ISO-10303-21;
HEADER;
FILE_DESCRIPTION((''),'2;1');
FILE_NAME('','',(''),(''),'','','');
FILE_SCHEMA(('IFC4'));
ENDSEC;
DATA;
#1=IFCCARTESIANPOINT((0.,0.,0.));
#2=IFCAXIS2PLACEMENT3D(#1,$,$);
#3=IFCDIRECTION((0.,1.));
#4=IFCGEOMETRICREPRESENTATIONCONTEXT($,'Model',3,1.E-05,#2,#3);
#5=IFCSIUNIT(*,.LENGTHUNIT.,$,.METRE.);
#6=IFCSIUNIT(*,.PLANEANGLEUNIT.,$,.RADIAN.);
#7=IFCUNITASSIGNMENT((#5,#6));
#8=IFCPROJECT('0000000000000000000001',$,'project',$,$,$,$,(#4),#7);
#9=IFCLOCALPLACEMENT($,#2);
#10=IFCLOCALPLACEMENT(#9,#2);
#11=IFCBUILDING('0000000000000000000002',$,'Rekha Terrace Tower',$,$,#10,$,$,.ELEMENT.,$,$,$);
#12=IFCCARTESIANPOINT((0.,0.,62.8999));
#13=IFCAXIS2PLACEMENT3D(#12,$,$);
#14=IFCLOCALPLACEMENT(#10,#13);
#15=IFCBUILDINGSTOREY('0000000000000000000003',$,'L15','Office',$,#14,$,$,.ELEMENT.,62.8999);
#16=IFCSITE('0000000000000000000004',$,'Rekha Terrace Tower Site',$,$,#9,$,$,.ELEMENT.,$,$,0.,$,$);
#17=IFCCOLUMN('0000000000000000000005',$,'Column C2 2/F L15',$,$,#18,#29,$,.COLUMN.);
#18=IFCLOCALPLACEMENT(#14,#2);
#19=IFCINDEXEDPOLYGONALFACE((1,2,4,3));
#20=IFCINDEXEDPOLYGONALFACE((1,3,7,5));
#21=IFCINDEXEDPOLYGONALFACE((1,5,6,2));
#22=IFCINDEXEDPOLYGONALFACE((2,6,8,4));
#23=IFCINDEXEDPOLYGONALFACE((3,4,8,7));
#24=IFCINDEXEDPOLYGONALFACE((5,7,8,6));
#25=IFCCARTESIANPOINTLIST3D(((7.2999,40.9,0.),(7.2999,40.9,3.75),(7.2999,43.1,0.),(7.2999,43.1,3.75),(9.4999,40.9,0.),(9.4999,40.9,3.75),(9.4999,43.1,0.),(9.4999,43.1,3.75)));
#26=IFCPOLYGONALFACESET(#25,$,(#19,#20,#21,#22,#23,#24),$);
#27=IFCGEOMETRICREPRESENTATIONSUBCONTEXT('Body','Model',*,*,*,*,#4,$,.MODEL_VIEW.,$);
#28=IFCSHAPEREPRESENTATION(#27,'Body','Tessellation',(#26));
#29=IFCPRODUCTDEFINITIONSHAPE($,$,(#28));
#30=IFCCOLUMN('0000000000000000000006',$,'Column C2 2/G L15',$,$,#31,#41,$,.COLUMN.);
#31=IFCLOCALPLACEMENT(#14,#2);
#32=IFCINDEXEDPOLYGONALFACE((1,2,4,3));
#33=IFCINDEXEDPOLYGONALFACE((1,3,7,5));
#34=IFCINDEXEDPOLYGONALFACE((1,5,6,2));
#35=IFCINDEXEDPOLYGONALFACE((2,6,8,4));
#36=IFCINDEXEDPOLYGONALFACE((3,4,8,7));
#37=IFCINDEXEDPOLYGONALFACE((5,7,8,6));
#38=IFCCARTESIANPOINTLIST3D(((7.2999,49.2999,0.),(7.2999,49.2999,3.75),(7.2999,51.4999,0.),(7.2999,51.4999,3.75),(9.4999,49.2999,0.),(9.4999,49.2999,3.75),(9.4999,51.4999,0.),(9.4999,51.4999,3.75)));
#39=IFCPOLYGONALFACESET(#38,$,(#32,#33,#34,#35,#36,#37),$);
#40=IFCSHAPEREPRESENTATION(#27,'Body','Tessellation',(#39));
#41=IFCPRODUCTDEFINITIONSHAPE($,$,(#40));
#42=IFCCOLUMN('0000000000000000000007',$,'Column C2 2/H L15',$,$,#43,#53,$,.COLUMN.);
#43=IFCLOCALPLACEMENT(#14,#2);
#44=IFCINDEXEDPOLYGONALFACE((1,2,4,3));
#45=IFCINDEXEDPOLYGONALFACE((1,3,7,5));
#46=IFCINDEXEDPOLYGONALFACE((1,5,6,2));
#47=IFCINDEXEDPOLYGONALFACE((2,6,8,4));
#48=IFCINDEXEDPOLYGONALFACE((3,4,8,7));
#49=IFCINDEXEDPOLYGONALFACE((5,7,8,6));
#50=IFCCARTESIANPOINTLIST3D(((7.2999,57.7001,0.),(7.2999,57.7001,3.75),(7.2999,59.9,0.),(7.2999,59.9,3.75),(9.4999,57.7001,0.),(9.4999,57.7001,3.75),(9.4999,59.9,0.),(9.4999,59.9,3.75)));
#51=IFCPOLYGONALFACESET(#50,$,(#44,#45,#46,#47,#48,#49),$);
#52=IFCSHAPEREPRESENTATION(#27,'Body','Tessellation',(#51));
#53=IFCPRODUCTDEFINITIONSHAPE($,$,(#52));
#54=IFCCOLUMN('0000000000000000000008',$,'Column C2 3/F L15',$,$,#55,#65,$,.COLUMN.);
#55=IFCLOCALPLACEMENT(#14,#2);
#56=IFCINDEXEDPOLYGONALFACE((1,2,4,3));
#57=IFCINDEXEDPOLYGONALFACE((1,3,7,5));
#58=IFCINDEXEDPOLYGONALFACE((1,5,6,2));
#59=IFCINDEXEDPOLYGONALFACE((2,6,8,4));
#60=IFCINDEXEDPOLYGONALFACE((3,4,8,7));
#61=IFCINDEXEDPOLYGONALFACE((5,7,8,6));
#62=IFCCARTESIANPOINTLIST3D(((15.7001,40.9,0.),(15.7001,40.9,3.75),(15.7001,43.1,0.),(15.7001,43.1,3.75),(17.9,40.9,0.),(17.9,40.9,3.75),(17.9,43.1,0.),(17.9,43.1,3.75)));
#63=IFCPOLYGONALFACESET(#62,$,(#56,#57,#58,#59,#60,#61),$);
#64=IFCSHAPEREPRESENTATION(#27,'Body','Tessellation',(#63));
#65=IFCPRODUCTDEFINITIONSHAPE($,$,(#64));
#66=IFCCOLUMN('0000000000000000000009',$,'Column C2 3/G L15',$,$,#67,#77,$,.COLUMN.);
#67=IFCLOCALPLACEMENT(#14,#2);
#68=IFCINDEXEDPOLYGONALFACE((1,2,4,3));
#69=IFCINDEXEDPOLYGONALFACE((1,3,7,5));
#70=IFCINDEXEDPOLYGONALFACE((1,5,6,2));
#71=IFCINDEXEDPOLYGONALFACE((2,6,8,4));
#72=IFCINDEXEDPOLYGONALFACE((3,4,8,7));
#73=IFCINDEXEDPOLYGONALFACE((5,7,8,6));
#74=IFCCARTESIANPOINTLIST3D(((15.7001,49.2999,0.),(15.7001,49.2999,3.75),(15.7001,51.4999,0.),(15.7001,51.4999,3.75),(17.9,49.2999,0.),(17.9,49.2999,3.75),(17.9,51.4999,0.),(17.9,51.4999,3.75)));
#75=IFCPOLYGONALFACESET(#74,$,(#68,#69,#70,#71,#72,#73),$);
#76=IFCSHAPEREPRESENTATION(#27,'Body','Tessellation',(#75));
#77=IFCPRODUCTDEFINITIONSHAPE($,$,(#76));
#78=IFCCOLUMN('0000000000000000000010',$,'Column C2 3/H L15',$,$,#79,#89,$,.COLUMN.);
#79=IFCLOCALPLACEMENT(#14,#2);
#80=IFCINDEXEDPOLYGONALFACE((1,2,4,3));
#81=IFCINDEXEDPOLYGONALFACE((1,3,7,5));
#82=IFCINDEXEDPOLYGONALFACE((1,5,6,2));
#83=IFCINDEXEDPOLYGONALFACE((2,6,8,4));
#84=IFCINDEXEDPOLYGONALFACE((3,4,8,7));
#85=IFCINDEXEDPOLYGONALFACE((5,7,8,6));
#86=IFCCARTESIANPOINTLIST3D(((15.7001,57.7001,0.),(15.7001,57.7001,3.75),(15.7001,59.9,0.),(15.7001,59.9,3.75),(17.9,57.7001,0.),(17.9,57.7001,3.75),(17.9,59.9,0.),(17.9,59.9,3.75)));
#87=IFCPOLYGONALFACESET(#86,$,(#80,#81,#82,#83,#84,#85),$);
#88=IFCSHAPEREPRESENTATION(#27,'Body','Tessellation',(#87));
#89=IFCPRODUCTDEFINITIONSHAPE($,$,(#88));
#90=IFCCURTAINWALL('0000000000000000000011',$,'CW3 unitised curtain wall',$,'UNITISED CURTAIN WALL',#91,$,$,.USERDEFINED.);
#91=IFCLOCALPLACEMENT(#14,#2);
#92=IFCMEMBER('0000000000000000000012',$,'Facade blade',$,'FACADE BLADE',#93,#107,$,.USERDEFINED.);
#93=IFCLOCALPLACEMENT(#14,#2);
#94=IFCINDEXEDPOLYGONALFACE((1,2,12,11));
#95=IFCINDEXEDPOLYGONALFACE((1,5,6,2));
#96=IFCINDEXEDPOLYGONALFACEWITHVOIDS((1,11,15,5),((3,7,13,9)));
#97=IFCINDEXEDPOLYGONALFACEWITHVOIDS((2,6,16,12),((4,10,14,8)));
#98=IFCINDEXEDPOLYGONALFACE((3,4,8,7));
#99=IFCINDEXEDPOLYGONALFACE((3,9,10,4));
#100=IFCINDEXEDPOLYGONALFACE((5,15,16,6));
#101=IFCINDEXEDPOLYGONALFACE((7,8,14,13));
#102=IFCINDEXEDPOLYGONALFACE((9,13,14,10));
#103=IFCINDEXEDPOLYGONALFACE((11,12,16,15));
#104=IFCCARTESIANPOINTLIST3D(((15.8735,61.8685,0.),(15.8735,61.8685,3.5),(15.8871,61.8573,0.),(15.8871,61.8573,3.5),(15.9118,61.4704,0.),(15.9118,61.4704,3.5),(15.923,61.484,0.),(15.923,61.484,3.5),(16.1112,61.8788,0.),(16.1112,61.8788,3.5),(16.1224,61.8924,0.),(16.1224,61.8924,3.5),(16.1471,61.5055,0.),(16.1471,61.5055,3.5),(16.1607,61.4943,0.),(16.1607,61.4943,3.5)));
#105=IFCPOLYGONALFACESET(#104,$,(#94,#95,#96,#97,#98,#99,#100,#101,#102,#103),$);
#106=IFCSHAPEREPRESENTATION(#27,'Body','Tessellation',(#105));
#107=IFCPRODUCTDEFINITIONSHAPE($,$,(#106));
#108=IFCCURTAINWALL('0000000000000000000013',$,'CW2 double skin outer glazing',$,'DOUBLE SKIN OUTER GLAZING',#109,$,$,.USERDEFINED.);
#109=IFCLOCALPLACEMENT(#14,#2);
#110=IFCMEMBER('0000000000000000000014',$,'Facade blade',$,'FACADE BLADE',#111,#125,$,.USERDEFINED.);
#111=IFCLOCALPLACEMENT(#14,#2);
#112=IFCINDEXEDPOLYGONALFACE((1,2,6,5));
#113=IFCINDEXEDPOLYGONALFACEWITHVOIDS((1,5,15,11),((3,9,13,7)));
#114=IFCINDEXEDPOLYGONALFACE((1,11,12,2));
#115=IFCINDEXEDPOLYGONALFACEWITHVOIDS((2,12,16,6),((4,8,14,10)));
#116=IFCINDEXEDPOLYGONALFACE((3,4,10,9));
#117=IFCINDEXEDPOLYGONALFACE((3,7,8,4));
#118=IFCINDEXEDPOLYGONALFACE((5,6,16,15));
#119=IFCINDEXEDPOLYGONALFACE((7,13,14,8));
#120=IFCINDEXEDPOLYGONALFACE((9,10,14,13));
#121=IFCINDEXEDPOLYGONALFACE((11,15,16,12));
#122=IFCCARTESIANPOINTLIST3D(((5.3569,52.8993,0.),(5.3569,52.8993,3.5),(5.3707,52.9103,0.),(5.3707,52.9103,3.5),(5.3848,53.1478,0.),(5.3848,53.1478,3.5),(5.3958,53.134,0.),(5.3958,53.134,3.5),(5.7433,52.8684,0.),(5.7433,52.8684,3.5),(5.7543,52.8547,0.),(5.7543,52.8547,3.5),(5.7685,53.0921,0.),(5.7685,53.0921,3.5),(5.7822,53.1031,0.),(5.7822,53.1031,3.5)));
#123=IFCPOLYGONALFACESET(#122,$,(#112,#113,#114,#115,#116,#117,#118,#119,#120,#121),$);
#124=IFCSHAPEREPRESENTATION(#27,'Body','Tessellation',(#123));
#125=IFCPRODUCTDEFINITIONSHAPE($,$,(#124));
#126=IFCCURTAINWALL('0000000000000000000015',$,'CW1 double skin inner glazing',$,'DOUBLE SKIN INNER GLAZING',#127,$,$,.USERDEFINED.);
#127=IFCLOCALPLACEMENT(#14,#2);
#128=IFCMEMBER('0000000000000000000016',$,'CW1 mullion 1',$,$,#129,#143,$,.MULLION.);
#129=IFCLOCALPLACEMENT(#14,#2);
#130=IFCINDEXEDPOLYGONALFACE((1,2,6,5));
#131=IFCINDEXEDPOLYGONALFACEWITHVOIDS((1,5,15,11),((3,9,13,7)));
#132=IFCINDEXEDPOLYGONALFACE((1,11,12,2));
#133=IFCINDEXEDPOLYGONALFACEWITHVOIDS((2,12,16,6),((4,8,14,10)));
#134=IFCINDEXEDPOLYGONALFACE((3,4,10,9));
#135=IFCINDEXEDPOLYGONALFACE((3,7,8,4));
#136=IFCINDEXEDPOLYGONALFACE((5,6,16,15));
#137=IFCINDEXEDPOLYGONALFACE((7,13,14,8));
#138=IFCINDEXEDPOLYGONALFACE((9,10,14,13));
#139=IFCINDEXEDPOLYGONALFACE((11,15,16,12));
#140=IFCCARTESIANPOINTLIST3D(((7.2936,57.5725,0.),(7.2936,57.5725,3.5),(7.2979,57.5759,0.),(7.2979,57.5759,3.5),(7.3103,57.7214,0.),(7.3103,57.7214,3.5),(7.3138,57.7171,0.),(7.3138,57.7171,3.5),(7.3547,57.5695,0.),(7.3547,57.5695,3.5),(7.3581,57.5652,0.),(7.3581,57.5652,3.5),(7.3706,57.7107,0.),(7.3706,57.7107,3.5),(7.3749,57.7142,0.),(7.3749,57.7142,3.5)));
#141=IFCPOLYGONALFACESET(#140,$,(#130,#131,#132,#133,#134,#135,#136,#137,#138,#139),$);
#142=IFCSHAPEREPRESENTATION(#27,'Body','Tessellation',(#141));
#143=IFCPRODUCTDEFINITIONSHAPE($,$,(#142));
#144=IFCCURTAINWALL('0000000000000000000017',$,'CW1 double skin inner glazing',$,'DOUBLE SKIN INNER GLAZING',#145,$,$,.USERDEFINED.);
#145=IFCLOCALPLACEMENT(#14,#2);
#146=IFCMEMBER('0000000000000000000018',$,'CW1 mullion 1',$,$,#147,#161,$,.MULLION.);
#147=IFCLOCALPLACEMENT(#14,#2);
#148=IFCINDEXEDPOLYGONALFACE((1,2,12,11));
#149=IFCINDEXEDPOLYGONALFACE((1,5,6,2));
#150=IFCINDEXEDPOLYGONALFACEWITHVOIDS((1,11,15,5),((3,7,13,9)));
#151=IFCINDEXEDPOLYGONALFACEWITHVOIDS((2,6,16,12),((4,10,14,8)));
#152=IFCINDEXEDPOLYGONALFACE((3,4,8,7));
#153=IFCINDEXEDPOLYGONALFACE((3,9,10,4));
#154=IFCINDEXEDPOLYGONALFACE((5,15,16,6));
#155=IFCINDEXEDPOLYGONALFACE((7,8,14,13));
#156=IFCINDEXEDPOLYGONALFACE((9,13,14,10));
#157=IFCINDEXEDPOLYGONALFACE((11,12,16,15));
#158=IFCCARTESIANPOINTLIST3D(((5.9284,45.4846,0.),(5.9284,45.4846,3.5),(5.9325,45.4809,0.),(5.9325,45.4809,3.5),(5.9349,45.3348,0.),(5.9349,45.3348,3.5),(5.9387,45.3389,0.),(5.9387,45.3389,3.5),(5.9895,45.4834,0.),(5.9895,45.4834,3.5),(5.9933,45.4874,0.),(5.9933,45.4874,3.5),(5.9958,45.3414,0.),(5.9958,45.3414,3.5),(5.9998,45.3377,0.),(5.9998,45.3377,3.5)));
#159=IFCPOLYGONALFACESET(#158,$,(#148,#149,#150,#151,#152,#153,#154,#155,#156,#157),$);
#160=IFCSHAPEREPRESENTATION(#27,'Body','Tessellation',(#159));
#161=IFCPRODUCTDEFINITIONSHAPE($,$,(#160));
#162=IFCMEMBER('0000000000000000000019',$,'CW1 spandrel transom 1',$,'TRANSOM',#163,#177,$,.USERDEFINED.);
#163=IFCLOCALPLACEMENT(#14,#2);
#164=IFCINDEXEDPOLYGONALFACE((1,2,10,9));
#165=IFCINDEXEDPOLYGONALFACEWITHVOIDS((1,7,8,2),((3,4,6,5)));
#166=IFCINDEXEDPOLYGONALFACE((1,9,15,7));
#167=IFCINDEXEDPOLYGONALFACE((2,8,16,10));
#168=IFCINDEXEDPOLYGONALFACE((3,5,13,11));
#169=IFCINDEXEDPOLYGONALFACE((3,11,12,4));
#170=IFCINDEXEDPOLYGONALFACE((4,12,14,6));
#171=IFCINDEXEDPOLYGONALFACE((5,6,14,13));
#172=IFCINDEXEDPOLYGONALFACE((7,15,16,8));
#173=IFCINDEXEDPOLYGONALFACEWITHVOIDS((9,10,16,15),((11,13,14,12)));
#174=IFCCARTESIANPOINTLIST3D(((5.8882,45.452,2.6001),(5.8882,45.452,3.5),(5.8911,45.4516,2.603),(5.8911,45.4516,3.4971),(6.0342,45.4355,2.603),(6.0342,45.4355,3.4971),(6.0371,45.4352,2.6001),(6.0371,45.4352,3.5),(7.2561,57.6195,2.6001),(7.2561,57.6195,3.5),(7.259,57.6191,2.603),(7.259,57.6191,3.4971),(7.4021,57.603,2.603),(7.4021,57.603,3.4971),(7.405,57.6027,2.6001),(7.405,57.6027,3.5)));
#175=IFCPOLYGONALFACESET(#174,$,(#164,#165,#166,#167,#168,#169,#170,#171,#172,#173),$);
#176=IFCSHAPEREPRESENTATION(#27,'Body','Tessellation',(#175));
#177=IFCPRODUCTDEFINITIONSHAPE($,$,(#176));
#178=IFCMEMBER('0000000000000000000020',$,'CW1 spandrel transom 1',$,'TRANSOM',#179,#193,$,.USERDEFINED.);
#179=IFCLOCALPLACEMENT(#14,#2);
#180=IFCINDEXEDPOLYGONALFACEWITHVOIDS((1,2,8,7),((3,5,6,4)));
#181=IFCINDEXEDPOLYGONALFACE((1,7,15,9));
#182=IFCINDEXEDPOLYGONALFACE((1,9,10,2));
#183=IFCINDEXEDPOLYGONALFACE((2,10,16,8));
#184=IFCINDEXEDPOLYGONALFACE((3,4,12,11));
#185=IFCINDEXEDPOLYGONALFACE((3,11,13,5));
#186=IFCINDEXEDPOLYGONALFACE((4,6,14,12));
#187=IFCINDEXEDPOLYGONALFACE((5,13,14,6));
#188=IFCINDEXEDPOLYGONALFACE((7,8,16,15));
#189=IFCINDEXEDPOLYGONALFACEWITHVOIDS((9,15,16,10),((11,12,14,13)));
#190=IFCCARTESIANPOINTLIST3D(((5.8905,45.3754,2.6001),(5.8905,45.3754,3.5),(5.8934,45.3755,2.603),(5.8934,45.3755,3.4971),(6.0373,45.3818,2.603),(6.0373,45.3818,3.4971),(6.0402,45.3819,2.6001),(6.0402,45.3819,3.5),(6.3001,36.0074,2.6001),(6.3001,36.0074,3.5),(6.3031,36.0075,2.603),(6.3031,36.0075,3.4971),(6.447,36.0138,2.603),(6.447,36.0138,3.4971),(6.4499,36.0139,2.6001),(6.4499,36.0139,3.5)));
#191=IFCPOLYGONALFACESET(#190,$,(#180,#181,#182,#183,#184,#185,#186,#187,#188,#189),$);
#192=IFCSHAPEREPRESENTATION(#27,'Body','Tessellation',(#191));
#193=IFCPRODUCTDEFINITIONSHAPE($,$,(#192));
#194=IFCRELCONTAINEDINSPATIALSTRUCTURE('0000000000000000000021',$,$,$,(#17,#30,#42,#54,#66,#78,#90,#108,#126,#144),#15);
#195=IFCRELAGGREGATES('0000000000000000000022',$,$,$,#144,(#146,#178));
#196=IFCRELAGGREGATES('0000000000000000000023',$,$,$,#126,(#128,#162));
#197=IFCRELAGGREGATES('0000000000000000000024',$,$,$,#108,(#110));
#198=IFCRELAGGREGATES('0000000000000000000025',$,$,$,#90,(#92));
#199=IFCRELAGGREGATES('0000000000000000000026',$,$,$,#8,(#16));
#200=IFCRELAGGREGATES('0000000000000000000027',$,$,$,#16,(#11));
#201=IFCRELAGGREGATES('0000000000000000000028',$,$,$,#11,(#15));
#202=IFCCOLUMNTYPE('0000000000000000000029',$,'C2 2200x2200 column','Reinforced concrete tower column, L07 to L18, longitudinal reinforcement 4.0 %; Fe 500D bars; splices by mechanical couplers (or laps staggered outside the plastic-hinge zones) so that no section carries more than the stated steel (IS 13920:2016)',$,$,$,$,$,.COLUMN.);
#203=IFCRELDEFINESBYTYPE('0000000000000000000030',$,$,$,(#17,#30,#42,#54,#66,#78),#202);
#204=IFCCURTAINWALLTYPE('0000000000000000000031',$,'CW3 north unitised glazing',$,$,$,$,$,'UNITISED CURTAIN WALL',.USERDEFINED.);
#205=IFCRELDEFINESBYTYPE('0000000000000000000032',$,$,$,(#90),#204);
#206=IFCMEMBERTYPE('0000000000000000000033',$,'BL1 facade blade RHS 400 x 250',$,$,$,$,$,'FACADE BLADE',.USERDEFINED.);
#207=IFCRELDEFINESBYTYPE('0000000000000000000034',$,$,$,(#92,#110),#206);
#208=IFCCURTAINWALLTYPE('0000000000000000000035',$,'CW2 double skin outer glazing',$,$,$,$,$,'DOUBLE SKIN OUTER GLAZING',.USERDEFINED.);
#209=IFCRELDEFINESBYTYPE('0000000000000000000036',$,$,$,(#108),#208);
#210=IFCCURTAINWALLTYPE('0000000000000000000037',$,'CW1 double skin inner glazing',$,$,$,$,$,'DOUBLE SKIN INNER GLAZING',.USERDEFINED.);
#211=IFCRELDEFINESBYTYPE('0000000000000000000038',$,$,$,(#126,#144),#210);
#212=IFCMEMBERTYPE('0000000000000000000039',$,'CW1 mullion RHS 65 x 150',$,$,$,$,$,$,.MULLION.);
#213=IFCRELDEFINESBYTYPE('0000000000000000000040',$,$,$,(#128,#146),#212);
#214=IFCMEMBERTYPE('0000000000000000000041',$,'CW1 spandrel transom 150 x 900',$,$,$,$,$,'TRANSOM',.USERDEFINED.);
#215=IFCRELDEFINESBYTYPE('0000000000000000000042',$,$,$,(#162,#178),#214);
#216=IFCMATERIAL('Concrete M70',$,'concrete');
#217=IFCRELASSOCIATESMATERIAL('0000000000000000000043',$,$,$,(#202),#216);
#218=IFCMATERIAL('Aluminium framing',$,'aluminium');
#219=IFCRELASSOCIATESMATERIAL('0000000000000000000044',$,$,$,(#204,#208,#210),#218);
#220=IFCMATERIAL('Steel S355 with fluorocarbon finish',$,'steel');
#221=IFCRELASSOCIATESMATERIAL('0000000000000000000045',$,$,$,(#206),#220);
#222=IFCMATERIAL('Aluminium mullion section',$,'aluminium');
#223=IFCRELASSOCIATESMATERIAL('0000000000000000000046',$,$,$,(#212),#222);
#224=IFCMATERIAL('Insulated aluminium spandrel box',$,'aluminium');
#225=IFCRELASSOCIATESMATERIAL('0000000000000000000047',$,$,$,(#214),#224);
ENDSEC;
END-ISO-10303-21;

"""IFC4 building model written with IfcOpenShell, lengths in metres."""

from ifc_helpers import new_model, si_unit, direction, frame, origin, origin_2d, place, context, subcontext, project, spatial, rectangle, hollow_rectangle, extrude, material, material_profile, profile_set, type_object, element, aggregate, save


model = new_model("IFC4")

# Units and contexts
model_context = context("Model", 3, precision=1e-05, world=origin(), true_north=direction((0.0, 1.0)))
body_context = subcontext(model_context, "Body", "Model", "MODEL_VIEW")
ifc_project = project(units=[si_unit("LENGTHUNIT", "METRE"), si_unit("PLANEANGLEUNIT", "RADIAN")], contexts=[model_context])

# Site, building, storey
site_placement = place(None, origin())
site = spatial("IfcSite", under=ifc_project, at=site_placement, Name="Rekha Terrace Tower Site", CompositionType="ELEMENT", RefElevation=0.0)
building_placement = place(site_placement, origin())
building = spatial("IfcBuilding", under=site, at=building_placement, Name="Rekha Terrace Tower", CompositionType="ELEMENT")
storey_placement = place(building_placement, frame((0.0, 0.0, 62.8999)))
storey = spatial("IfcBuildingStorey", under=building, at=storey_placement, Name="L15", Description="Office", CompositionType="ELEMENT", Elevation=62.8999)

# Columns
ifc_material_1 = material(Name="Concrete M70", Category="concrete")
ifc_material_profile_1 = material_profile(ifc_material_1, rectangle(XDim=2.2, YDim=2.2, at=origin_2d()), Name="RC 2200x2200")
ifc_profile_set_1 = profile_set([ifc_material_profile_1], Name="Concrete M70")
column_type = type_object("IfcColumnType", Name="C2 2200x2200 column", Description="Reinforced concrete tower column, L07 to L18, longitudinal reinforcement 4.0 %; Fe 500D bars; splices by mechanical couplers (or laps staggered outside the plastic-hinge zones) so that no section carries more than the stated steel (IS 13920:2016)", PredefinedType="COLUMN", material=ifc_profile_set_1)
for number, where, z_axis, x_axis, name in (
    (1, (8.3999, 42.0, 0.0), (0.0, 0.0, 1.0), (1.0, 0.0, 0.0), "Column C2 2/F L15"),
    (2, (8.3999, 50.3999, 0.0), (0.0, 0.0, 1.0), (1.0, 0.0, 0.0), "Column C2 2/G L15"),
    (3, (8.3999, 58.8, 0.0), (0.0, 0.0, 1.0), (1.0, 0.0, 0.0), "Column C2 2/H L15"),
    (4, (16.8, 42.0, 0.0), (0.0, 0.0, 1.0), (1.0, 0.0, 0.0), "Column C2 3/F L15"),
    (5, (16.8, 50.3999, 0.0), (0.0, 0.0, 1.0), (1.0, 0.0, 0.0), "Column C2 3/G L15"),
    (6, (16.8, 58.8, 0.0), (0.0, 0.0, 1.0), (1.0, 0.0, 0.0), "Column C2 3/H L15"),
):
    element("IfcColumn", number, at=place(storey_placement, frame(where, z_axis=z_axis, x_axis=x_axis)), inside=storey, type_object=column_type, Name=name, PredefinedType="COLUMN", context=body_context, shape_type="SweptSolid", body=[
        extrude(rectangle(XDim=2.2, YDim=2.2, at=origin_2d()), origin(), (0.0, 0.0, 1.0), 3.75),
    ])

# Curtain walls, members
ifc_material_2 = material(Name="Aluminium framing", Category="aluminium")
curtain_wall_type_1 = type_object("IfcCurtainWallType", Name="CW3 north unitised glazing", ElementType="UNITISED CURTAIN WALL", PredefinedType="USERDEFINED", material=ifc_material_2)
curtain_wall_1_placement = place(storey_placement, origin())
curtain_wall_1 = element("IfcCurtainWall", 7, at=curtain_wall_1_placement, inside=storey, type_object=curtain_wall_type_1, Name="CW3 unitised curtain wall", ObjectType="UNITISED CURTAIN WALL", PredefinedType="USERDEFINED")
ifc_material_3 = material(Name="Steel S355 with fluorocarbon finish", Category="steel")
ifc_material_profile_2 = material_profile(ifc_material_3, hollow_rectangle(XDim=0.25, YDim=0.3999, WallThickness=0.0125, at=origin_2d()), Name="RHS400x250x12.5")
ifc_profile_set_2 = profile_set([ifc_material_profile_2], Name="Steel S355 with fluorocarbon finish")
member_type_1 = type_object("IfcMemberType", Name="BL1 facade blade RHS 400 x 250", ElementType="FACADE BLADE", PredefinedType="USERDEFINED", material=ifc_profile_set_2)
member_1_placement = place(storey_placement, frame((16.0171, 61.6814, 0.0), z_axis=(0.0, 0.0, 1.0), x_axis=(-0.995409, -0.095712, 0.0)))
member_1 = element("IfcMember", 8, at=member_1_placement, type_object=member_type_1, Name="Facade blade", ObjectType="FACADE BLADE", PredefinedType="USERDEFINED", context=body_context, shape_type="SweptSolid", body=[
    extrude(hollow_rectangle(XDim=0.25, YDim=0.3999, WallThickness=0.0125, at=origin_2d()), origin(), (0.0, 0.0, 1.0), 3.5),
])
curtain_wall_type_2 = type_object("IfcCurtainWallType", Name="CW2 double skin outer glazing", ElementType="DOUBLE SKIN OUTER GLAZING", PredefinedType="USERDEFINED", material=ifc_material_2)
curtain_wall_2_placement = place(storey_placement, origin())
curtain_wall_2 = element("IfcCurtainWall", 9, at=curtain_wall_2_placement, inside=storey, type_object=curtain_wall_type_2, Name="CW2 double skin outer glazing", ObjectType="DOUBLE SKIN OUTER GLAZING", PredefinedType="USERDEFINED")
member_2_placement = place(storey_placement, frame((5.5696, 53.0012, 0.0), z_axis=(0.0, 0.0, 1.0), x_axis=(-0.111729, -0.993739, 0.0)))
member_2 = element("IfcMember", 10, at=member_2_placement, type_object=member_type_1, Name="Facade blade", ObjectType="FACADE BLADE", PredefinedType="USERDEFINED", context=body_context, shape_type="SweptSolid", body=[
    extrude(hollow_rectangle(XDim=0.25, YDim=0.3999, WallThickness=0.0125, at=origin_2d()), origin(), (0.0, 0.0, 1.0), 3.5),
])
curtain_wall_type_3 = type_object("IfcCurtainWallType", Name="CW1 double skin inner glazing", ElementType="DOUBLE SKIN INNER GLAZING", PredefinedType="USERDEFINED", material=ifc_material_2)
curtain_wall_3_placement = place(storey_placement, origin())
curtain_wall_3 = element("IfcCurtainWall", 11, at=curtain_wall_3_placement, inside=storey, type_object=curtain_wall_type_3, Name="CW1 double skin inner glazing", ObjectType="DOUBLE SKIN INNER GLAZING", PredefinedType="USERDEFINED")
ifc_material_4 = material(Name="Aluminium mullion section", Category="aluminium")
ifc_material_profile_3 = material_profile(ifc_material_4, hollow_rectangle(XDim=0.0649, YDim=0.1499, WallThickness=0.0039, at=origin_2d()), Name="AL RHS 65x150")
ifc_profile_set_3 = profile_set([ifc_material_profile_3], Name="Aluminium mullion section")
member_type_2 = type_object("IfcMemberType", Name="CW1 mullion RHS 65 x 150", PredefinedType="MULLION", material=ifc_profile_set_3)
member_3_placement = place(storey_placement, frame((7.3342, 57.6433, 0.0), z_axis=(0.0, 0.0, 1.0), x_axis=(0.993739, -0.11173, 0.0)))
member_3 = element("IfcMember", 12, at=member_3_placement, type_object=member_type_2, Name="CW1 mullion 1", PredefinedType="MULLION", context=body_context, shape_type="SweptSolid", body=[
    extrude(hollow_rectangle(XDim=0.0649, YDim=0.1499, WallThickness=0.0039, at=origin_2d()), origin(), (0.0, 0.0, 1.0), 3.5),
])
curtain_wall_4_placement = place(storey_placement, origin())
curtain_wall_4 = element("IfcCurtainWall", 13, at=curtain_wall_4_placement, inside=storey, type_object=curtain_wall_type_3, Name="CW1 double skin inner glazing", ObjectType="DOUBLE SKIN INNER GLAZING", PredefinedType="USERDEFINED")
member_4_placement = place(storey_placement, frame((5.9641, 45.4111, 0.0), z_axis=(0.0, 0.0, 1.0), x_axis=(0.999045, 0.043683, 0.0)))
member_4 = element("IfcMember", 14, at=member_4_placement, type_object=member_type_2, Name="CW1 mullion 1", PredefinedType="MULLION", context=body_context, shape_type="SweptSolid", body=[
    extrude(hollow_rectangle(XDim=0.0649, YDim=0.1499, WallThickness=0.0039, at=origin_2d()), origin(), (0.0, 0.0, 1.0), 3.5),
])

# Members
ifc_material_5 = material(Name="Insulated aluminium spandrel box", Category="aluminium")
ifc_material_profile_4 = material_profile(ifc_material_5, hollow_rectangle(XDim=0.1499, YDim=0.8999, WallThickness=0.0029, at=origin_2d()), Name="AL SPANDREL BOX 150x900")
ifc_profile_set_4 = profile_set([ifc_material_profile_4], Name="Insulated aluminium spandrel box")
member_type_3 = type_object("IfcMemberType", Name="CW1 spandrel transom 150 x 900", ElementType="TRANSOM", PredefinedType="USERDEFINED", material=ifc_profile_set_4)
member_5_placement = place(storey_placement, frame((7.3306, 57.6111, 3.05), z_axis=(-0.11172, -0.99374, 0.0), x_axis=(0.99374, -0.11172, 0.0)))
member_5 = element("IfcMember", 15, at=member_5_placement, type_object=member_type_3, Name="CW1 spandrel transom 1", ObjectType="TRANSOM", PredefinedType="USERDEFINED", context=body_context, shape_type="SweptSolid", body=[
    extrude(hollow_rectangle(XDim=0.1499, YDim=0.8999, WallThickness=0.0029, at=origin_2d()), origin(), (0.0, 0.0, 1.0), 12.2441),
])
member_6_placement = place(storey_placement, frame((5.9653, 45.3787, 3.05), z_axis=(0.043689, -0.999045, 0.0), x_axis=(0.999045, 0.043689, 0.0)))
member_6 = element("IfcMember", 16, at=member_6_placement, type_object=member_type_3, Name="CW1 spandrel transom 1", ObjectType="TRANSOM", PredefinedType="USERDEFINED", context=body_context, shape_type="SweptSolid", body=[
    extrude(hollow_rectangle(XDim=0.1499, YDim=0.8999, WallThickness=0.0029, at=origin_2d()), origin(), (0.0, 0.0, 1.0), 9.377),
])
aggregate(curtain_wall_4, [member_4, member_6])

aggregate(curtain_wall_3, [member_3, member_5])
aggregate(curtain_wall_2, [member_2])
aggregate(curtain_wall_1, [member_1])

save(model, "model.ifc")
